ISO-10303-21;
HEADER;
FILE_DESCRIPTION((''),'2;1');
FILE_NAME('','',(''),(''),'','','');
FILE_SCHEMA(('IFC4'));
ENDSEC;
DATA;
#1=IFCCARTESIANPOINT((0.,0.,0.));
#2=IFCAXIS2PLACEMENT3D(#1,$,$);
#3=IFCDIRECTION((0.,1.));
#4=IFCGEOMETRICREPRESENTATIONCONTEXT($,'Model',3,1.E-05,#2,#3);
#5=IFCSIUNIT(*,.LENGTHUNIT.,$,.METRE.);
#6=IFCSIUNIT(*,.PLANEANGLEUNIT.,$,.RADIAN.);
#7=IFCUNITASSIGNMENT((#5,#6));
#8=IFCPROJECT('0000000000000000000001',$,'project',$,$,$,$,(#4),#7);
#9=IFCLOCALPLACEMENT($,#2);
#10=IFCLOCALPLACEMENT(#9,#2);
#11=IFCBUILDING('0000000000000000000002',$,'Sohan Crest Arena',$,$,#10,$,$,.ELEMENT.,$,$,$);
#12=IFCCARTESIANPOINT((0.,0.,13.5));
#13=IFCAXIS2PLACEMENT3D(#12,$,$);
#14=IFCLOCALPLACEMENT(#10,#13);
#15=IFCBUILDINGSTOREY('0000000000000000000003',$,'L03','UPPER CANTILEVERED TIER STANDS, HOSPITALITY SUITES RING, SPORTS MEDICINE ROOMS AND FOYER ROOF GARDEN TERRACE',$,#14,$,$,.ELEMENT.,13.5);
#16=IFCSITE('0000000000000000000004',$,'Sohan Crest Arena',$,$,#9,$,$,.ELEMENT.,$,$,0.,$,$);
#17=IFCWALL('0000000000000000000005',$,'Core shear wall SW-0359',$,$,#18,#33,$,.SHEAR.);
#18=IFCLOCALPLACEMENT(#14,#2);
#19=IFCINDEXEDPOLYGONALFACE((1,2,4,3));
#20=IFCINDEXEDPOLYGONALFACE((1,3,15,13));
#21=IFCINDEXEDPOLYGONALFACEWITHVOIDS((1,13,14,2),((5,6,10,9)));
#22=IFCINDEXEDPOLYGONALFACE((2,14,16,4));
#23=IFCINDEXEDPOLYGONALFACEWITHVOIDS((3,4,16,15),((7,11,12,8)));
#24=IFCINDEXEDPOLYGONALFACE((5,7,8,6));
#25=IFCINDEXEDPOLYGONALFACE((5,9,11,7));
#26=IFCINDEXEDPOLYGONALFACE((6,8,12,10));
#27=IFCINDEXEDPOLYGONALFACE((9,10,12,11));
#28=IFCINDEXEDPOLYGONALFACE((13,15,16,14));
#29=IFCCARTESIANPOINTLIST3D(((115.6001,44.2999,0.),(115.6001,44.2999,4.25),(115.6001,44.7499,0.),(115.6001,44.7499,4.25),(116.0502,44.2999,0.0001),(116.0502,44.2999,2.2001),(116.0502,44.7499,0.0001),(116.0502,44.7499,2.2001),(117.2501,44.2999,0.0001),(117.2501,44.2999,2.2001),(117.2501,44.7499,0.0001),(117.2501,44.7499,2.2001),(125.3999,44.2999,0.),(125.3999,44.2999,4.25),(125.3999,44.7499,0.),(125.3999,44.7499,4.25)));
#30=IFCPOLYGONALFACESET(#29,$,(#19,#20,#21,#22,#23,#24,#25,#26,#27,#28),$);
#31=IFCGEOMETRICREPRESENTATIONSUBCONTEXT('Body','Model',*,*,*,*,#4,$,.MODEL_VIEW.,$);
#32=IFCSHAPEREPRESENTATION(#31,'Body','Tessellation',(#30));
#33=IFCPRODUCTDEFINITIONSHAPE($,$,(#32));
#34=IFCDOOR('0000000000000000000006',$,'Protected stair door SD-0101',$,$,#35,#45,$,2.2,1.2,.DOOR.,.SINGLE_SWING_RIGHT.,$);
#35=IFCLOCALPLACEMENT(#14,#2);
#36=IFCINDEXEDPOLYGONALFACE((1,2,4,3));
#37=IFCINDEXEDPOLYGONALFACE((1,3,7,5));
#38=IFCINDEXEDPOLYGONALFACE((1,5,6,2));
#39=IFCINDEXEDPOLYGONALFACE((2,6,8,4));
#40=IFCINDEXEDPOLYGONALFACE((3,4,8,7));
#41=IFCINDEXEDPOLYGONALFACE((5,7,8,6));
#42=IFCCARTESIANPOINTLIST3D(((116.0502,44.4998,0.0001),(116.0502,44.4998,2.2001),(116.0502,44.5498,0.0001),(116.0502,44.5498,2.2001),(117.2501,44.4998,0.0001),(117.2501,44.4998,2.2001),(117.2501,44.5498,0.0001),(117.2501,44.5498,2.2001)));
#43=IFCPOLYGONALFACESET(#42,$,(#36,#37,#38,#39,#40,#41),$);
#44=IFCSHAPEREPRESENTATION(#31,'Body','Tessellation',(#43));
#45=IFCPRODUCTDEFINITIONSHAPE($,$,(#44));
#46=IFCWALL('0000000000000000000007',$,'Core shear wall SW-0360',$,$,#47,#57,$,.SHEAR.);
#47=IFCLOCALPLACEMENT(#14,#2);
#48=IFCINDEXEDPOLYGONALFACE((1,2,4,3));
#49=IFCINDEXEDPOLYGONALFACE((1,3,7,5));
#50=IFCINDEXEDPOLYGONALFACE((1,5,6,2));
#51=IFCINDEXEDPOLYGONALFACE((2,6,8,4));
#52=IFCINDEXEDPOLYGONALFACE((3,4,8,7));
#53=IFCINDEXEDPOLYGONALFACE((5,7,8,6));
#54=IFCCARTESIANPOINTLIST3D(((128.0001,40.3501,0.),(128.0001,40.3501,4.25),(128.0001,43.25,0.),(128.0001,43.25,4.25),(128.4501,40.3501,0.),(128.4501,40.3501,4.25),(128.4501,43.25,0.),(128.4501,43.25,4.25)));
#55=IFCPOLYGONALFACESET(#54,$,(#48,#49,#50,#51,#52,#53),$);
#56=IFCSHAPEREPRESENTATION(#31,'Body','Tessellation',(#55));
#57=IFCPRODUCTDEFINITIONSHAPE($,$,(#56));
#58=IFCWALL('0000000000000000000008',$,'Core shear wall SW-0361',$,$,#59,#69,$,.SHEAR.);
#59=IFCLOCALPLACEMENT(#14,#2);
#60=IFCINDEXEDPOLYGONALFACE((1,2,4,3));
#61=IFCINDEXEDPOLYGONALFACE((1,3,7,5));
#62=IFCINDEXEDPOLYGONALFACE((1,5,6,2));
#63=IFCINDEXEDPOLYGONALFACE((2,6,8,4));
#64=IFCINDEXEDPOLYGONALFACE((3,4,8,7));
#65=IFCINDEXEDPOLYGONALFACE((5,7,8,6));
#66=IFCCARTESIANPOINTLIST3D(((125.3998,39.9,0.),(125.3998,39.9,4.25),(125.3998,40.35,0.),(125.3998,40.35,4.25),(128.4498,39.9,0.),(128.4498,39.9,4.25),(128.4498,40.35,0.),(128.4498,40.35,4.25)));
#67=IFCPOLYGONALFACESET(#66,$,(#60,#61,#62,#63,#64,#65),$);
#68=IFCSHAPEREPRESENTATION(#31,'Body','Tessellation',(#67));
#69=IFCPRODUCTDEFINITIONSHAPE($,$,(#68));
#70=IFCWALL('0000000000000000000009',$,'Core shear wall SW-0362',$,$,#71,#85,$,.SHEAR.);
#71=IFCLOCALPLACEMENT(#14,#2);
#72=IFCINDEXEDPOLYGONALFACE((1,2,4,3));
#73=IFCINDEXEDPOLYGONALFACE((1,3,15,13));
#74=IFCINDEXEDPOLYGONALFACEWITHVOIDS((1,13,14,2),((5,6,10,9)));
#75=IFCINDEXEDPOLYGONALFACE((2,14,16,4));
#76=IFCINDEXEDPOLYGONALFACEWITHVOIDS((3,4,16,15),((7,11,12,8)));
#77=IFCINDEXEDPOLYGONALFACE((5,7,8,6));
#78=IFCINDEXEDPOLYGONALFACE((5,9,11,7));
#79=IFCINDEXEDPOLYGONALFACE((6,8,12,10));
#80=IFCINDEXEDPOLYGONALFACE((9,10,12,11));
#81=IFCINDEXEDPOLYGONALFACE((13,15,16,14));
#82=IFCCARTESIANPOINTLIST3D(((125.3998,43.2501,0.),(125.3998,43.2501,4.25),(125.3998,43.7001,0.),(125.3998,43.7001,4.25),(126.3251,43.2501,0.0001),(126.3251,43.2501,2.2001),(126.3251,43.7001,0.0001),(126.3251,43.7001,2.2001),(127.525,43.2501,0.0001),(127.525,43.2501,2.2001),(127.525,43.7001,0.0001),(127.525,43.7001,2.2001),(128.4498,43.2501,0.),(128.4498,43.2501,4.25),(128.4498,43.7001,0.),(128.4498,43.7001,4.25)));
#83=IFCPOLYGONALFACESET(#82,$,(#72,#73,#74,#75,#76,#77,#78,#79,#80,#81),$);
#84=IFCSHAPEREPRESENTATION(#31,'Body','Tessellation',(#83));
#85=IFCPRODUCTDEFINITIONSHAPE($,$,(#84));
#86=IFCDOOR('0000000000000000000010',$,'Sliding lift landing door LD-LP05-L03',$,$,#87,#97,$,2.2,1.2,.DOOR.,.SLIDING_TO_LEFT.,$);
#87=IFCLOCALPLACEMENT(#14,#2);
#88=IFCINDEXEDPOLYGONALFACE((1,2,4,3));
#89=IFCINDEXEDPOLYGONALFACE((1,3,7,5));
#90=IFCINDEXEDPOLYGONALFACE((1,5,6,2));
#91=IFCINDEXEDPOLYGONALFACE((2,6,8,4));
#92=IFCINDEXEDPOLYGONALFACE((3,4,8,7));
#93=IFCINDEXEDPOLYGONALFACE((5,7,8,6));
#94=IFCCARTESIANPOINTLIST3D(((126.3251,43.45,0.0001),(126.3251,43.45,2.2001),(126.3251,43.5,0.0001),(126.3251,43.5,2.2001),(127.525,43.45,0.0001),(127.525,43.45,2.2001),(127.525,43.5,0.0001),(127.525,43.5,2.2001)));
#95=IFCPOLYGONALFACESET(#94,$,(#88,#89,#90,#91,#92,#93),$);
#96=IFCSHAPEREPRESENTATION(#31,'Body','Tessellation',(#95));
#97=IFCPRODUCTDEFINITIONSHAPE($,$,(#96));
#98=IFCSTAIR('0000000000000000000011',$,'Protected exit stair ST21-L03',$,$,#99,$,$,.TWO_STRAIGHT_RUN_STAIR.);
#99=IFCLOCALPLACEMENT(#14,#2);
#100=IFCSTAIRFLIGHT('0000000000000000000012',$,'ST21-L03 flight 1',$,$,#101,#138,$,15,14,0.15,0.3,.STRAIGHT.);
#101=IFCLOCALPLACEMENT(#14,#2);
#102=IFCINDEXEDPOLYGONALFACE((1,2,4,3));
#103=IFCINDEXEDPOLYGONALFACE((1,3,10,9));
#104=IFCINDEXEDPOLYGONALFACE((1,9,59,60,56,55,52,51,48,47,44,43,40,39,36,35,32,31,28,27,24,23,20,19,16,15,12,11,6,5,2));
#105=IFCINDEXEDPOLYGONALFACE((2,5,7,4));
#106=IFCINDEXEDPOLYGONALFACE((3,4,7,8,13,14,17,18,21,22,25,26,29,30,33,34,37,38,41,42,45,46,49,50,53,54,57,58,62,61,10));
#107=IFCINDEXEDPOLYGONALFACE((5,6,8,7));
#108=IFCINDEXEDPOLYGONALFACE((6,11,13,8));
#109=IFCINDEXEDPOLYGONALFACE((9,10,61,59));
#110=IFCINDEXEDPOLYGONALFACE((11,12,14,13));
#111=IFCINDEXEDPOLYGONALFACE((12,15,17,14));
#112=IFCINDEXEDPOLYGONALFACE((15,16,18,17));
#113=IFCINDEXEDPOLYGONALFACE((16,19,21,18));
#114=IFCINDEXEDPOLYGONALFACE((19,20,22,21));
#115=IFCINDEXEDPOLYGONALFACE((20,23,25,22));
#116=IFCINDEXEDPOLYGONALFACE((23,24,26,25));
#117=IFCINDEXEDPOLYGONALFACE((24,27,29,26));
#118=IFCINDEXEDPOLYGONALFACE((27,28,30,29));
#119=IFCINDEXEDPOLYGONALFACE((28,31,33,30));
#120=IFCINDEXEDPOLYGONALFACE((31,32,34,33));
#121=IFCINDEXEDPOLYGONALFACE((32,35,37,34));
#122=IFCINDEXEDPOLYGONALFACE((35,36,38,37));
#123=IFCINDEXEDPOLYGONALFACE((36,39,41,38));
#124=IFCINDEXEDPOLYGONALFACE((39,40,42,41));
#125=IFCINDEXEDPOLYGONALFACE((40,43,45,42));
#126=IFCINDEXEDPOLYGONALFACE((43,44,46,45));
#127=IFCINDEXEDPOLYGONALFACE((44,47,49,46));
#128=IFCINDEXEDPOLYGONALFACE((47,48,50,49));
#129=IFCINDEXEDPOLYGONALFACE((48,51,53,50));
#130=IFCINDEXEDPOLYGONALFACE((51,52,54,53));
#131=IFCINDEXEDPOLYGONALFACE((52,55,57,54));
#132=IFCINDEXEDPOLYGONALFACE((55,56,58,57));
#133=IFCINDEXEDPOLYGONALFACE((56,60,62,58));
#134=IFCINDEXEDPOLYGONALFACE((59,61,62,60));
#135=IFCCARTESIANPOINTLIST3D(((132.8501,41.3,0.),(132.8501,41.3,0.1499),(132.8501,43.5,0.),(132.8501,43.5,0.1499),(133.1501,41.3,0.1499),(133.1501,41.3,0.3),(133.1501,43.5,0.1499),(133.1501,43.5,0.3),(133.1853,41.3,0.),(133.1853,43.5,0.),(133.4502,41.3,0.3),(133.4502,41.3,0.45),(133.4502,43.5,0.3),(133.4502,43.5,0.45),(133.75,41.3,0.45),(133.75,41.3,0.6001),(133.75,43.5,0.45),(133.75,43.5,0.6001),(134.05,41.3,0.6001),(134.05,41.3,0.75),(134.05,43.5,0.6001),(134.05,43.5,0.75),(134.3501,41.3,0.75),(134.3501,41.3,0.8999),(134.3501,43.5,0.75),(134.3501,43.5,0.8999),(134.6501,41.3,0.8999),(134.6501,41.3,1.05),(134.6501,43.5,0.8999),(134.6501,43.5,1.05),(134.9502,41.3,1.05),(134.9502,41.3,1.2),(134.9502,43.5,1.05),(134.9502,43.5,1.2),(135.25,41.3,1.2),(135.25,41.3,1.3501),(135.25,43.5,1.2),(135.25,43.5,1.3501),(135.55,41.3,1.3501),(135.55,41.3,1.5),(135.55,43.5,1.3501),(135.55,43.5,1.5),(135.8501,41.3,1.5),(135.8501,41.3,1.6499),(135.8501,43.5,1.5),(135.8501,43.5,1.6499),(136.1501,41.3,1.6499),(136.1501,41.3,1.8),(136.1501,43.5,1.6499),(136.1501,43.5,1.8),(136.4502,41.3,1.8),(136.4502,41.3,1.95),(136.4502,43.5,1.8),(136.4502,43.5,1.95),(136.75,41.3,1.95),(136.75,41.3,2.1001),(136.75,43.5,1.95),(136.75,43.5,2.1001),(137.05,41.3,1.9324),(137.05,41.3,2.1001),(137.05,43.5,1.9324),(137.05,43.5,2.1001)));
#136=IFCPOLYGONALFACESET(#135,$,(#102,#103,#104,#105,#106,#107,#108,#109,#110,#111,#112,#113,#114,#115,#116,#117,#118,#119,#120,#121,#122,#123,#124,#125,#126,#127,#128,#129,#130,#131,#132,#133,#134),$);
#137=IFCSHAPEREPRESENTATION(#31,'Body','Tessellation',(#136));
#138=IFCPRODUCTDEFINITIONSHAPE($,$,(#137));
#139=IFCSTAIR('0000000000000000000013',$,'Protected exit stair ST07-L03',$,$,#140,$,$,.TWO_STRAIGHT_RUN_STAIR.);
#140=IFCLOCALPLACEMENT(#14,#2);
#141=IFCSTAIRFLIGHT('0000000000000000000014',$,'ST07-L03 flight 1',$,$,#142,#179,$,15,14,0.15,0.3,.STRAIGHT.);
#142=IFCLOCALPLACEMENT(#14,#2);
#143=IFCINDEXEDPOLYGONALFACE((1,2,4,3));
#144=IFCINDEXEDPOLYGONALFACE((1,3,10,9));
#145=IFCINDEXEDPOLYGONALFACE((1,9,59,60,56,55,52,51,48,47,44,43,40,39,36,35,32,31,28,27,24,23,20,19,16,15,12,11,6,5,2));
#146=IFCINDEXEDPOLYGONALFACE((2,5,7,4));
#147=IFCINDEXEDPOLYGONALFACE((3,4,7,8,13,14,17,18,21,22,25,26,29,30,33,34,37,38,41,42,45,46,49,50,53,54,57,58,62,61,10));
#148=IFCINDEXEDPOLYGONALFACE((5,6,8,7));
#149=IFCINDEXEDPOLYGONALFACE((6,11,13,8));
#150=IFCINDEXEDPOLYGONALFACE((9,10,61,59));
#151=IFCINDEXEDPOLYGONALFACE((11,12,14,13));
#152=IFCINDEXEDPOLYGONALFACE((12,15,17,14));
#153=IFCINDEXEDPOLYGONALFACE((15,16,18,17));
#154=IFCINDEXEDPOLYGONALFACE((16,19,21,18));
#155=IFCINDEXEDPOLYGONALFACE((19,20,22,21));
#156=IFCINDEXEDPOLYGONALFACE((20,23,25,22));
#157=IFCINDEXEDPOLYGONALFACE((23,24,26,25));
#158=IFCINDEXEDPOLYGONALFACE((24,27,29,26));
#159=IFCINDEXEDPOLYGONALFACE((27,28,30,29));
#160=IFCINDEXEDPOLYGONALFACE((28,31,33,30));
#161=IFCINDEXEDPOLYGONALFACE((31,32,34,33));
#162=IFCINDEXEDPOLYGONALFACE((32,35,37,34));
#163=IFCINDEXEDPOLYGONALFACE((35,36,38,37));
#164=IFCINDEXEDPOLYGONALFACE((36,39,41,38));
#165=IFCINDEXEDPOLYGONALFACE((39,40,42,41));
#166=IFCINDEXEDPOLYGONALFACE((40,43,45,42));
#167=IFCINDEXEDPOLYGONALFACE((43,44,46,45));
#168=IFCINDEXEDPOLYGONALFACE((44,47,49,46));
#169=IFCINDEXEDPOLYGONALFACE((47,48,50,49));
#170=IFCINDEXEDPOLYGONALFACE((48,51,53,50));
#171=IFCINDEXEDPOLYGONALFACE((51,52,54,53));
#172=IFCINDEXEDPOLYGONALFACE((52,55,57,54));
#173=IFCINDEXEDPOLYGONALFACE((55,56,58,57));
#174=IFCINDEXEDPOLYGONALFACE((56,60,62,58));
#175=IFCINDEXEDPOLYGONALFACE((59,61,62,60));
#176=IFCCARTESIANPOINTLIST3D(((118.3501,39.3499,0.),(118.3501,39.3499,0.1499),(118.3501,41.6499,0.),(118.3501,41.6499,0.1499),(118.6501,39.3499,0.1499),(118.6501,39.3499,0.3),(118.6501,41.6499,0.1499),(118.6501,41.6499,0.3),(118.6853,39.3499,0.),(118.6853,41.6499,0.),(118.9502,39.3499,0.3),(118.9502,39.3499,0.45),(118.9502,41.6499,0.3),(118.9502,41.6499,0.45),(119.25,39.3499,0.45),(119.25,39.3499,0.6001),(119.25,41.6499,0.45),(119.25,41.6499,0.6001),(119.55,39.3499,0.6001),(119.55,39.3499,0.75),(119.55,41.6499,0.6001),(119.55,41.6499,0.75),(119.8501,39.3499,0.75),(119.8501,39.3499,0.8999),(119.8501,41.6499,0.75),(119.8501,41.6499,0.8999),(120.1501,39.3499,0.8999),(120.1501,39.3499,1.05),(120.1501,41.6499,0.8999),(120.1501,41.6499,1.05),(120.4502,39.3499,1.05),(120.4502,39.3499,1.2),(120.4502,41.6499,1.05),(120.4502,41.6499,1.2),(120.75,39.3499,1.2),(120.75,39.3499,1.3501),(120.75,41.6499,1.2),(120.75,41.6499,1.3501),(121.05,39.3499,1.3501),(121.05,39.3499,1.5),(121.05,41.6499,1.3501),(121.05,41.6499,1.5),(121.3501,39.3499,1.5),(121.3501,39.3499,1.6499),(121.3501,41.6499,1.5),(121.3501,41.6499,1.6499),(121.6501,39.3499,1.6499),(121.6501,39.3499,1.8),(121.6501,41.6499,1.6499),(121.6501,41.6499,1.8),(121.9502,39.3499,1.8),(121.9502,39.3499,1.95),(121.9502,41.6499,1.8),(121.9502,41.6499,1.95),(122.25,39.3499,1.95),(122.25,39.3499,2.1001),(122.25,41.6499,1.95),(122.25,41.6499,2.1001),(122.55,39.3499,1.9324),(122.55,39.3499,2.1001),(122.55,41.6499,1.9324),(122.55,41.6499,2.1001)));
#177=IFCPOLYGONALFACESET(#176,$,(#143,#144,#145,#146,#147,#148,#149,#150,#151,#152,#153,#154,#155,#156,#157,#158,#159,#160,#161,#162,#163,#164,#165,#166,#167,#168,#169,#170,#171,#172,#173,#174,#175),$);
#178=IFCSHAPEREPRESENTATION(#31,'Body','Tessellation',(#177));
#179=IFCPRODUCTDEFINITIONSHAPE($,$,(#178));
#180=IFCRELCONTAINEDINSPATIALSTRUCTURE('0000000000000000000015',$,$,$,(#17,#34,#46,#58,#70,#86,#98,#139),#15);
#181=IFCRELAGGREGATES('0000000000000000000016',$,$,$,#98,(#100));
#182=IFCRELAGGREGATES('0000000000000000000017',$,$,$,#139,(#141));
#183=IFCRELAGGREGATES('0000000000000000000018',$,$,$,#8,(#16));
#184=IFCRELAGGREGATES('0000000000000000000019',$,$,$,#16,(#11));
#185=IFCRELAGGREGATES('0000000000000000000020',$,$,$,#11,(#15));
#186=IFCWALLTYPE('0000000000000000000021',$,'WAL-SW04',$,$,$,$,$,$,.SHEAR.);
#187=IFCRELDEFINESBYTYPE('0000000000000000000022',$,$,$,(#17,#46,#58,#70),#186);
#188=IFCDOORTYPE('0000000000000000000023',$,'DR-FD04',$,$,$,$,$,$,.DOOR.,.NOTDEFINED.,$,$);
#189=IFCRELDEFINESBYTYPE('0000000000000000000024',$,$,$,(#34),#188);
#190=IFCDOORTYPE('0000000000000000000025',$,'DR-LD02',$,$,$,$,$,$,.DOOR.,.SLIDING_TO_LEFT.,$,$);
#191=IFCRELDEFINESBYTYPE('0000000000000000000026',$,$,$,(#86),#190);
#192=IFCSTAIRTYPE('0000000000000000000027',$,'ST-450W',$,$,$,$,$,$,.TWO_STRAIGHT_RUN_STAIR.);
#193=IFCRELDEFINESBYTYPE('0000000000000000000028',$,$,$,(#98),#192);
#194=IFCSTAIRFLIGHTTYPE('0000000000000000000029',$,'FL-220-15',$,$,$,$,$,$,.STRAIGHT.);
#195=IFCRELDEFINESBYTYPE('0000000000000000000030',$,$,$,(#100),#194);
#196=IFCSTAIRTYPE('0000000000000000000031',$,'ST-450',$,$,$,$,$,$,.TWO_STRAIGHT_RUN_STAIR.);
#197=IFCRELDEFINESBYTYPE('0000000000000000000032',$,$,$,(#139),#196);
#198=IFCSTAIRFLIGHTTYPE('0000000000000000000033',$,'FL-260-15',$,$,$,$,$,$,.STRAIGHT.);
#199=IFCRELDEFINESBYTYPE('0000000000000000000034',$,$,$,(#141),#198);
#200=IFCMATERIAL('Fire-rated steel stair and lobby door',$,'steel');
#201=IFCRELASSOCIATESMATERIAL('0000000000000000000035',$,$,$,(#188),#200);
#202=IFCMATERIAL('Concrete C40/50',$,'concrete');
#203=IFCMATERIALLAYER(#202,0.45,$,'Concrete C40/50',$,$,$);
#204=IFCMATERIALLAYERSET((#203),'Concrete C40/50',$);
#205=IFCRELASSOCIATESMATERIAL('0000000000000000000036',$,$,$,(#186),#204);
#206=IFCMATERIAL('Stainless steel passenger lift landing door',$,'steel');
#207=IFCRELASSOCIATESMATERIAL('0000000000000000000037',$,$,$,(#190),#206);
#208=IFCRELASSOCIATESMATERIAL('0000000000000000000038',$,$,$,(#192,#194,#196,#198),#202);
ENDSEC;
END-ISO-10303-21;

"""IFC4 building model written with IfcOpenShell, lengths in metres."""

from ifc_helpers import new_model, si_unit, direction, frame, frame_2d, origin, place, context, subcontext, project, spatial, polyline, rectangle, outline, extrude, material, layer, layer_set, type_object, element, fill, aggregate, save


model = new_model("IFC4")

# Units and contexts
model_context = context("Model", 3, precision=1e-05, world=origin(), true_north=direction((0.0, 1.0)))
body_context = subcontext(model_context, "Body", "Model", "MODEL_VIEW")
ifc_project = project(units=[si_unit("LENGTHUNIT", "METRE"), si_unit("PLANEANGLEUNIT", "RADIAN")], contexts=[model_context])

# Site, building, storey
site_placement = place(None, origin())
site = spatial("IfcSite", under=ifc_project, at=site_placement, Name="Sohan Crest Arena", CompositionType="ELEMENT", RefElevation=0.0)
building_placement = place(site_placement, origin())
building = spatial("IfcBuilding", under=site, at=building_placement, Name="Sohan Crest Arena", CompositionType="ELEMENT")
storey_placement = place(building_placement, frame((0.0, 0.0, 13.5)))
storey = spatial("IfcBuildingStorey", under=building, at=storey_placement, Name="L03", Description="UPPER CANTILEVERED TIER STANDS, HOSPITALITY SUITES RING, SPORTS MEDICINE ROOMS AND FOYER ROOF GARDEN TERRACE", CompositionType="ELEMENT", Elevation=13.5)

# Shared definitions
ifc_material_1 = material(Name="Concrete C40/50", Category="concrete")

# Shared definitions
ifc_material_2 = material(Name="Fire-rated steel stair and lobby door", Category="steel")
door_type_1 = type_object("IfcDoorType", Name="DR-FD04", OperationType="NOTDEFINED", PredefinedType="DOOR", material=ifc_material_2)

# Shared definitions
ifc_layer_1 = layer(ifc_material_1, 0.45, Name="Concrete C40/50")
ifc_layer_set_1 = layer_set([ifc_layer_1], Name="Concrete C40/50")
wall_type_1 = type_object("IfcWallType", Name="WAL-SW04", PredefinedType="SHEAR", material=ifc_layer_set_1)

# Wall, opening, door
wall_1_placement = place(storey_placement, frame((115.6001, 44.5249, 0.0), z_axis=(0.0, 0.0, 1.0), x_axis=(1.0, 0.0, 0.0)))
wall_1 = element("IfcWall", 1, at=wall_1_placement, inside=storey, type_object=wall_type_1, Name="Core shear wall SW-0359", PredefinedType="SHEAR", context=body_context, shape_type="SweptSolid", body=[
    extrude(rectangle(XDim=9.7998, YDim=0.45, at=frame_2d((4.8999, 0.0))), origin(), (0.0, 0.0, 1.0), 4.25),
])
opening_1_placement = place(wall_1_placement, frame((0.45, 0.0, 0.0)))
opening_1 = element("IfcOpeningElement", 2, at=opening_1_placement, cuts=wall_1, PredefinedType="OPENING", context=body_context, shape_type="SweptSolid", body=[
    extrude(rectangle(XDim=1.2, YDim=2.2, at=frame_2d((0.6001, 1.1001))), frame((0.0, 0.2349, 0.0), z_axis=(0.0, -1.0, 0.0), x_axis=(1.0, 0.0, 0.0)), (0.0, 0.0, 1.0), 0.47),
])
door_1_placement = place(opening_1_placement, origin())
door_1 = element("IfcDoor", 3, at=door_1_placement, inside=storey, type_object=door_type_1, Name="Protected stair door SD-0101", OperationType="SINGLE_SWING_RIGHT", OverallHeight=2.2, OverallWidth=1.2, PredefinedType="DOOR", context=body_context, shape_type="SweptSolid", body=[
    extrude(rectangle(XDim=1.2, YDim=2.2, at=frame_2d((0.6001, 1.1001))), frame((0.0, 0.0249, 0.0), z_axis=(0.0, -1.0, 0.0), x_axis=(1.0, 0.0, 0.0)), (0.0, 0.0, 1.0), 0.05),
])
fill(opening_1, door_1)

# Walls
wall_2_placement = place(storey_placement, frame((128.2251, 40.3501, 0.0), z_axis=(0.0, 0.0, 1.0), x_axis=(0.0, 1.0, 0.0)))
element("IfcWall", 4, at=wall_2_placement, inside=storey, type_object=wall_type_1, Name="Core shear wall SW-0360", PredefinedType="SHEAR", context=body_context, shape_type="SweptSolid", body=[
    extrude(rectangle(XDim=2.8999, YDim=0.45, at=frame_2d((1.45, 0.0))), origin(), (0.0, 0.0, 1.0), 4.25),
])
wall_3_placement = place(storey_placement, frame((125.3999, 40.125, 0.0), z_axis=(0.0, 0.0, 1.0), x_axis=(1.0, 0.0, 0.0)))
element("IfcWall", 5, at=wall_3_placement, inside=storey, type_object=wall_type_1, Name="Core shear wall SW-0361", PredefinedType="SHEAR", context=body_context, shape_type="SweptSolid", body=[
    extrude(rectangle(XDim=3.05, YDim=0.45, at=frame_2d((1.5249, 0.0))), origin(), (0.0, 0.0, 1.0), 4.25),
])

# Wall, opening, door
wall_4_placement = place(storey_placement, frame((125.3999, 43.4751, 0.0), z_axis=(0.0, 0.0, 1.0), x_axis=(1.0, 0.0, 0.0)))
wall_4 = element("IfcWall", 6, at=wall_4_placement, inside=storey, type_object=wall_type_1, Name="Core shear wall SW-0362", PredefinedType="SHEAR", context=body_context, shape_type="SweptSolid", body=[
    extrude(rectangle(XDim=3.05, YDim=0.45, at=frame_2d((1.5249, 0.0))), origin(), (0.0, 0.0, 1.0), 4.25),
])
opening_2_placement = place(wall_4_placement, frame((0.925, 0.0, 0.0)))
opening_2 = element("IfcOpeningElement", 7, at=opening_2_placement, cuts=wall_4, PredefinedType="OPENING", context=body_context, shape_type="SweptSolid", body=[
    extrude(rectangle(XDim=1.2, YDim=2.2, at=frame_2d((0.6001, 1.1001))), frame((0.0, 0.2349, 0.0), z_axis=(0.0, -1.0, 0.0), x_axis=(1.0, 0.0, 0.0)), (0.0, 0.0, 1.0), 0.47),
])
ifc_material_3 = material(Name="Stainless steel passenger lift landing door", Category="steel")
door_type_2 = type_object("IfcDoorType", Name="DR-LD02", OperationType="SLIDING_TO_LEFT", PredefinedType="DOOR", material=ifc_material_3)
door_2_placement = place(opening_2_placement, origin())
door_2 = element("IfcDoor", 8, at=door_2_placement, inside=storey, type_object=door_type_2, Name="Sliding lift landing door LD-LP05-L03", OperationType="SLIDING_TO_LEFT", OverallHeight=2.2, OverallWidth=1.2, PredefinedType="DOOR", context=body_context, shape_type="SweptSolid", body=[
    extrude(rectangle(XDim=1.2, YDim=2.2, at=frame_2d((0.6001, 1.1001))), frame((0.0, 0.0249, 0.0), z_axis=(0.0, -1.0, 0.0), x_axis=(1.0, 0.0, 0.0)), (0.0, 0.0, 1.0), 0.05),
])
fill(opening_2, door_2)

# Stair, stair flight
stair_type_1 = type_object("IfcStairType", Name="ST-450W", PredefinedType="TWO_STRAIGHT_RUN_STAIR", material=ifc_material_1)
stair_1_placement = place(storey_placement, origin())
stair_1 = element("IfcStair", 9, at=stair_1_placement, inside=storey, type_object=stair_type_1, Name="Protected exit stair ST21-L03", PredefinedType="TWO_STRAIGHT_RUN_STAIR")
stair_flight_type_1 = type_object("IfcStairFlightType", Name="FL-220-15", PredefinedType="STRAIGHT", material=ifc_material_1)
stair_flight_1_placement = place(storey_placement, frame((132.8501, 42.3999, 0.0), z_axis=(0.0, 0.0, 1.0), x_axis=(1.0, 0.0, 0.0)))
stair_flight_1 = element("IfcStairFlight", 10, at=stair_flight_1_placement, type_object=stair_flight_type_1, Name="ST21-L03 flight 1", NumberOfRisers=15, NumberOfTreads=14, PredefinedType="STRAIGHT", RiserHeight=0.15, TreadLength=0.3, context=body_context, shape_type="SweptSolid", body=[
    extrude(outline(polyline([(0.0, 0.0), (0.0, 0.1499), (0.3, 0.1499), (0.3, 0.3), (0.6001, 0.3), (0.6001, 0.45), (0.8999, 0.45), (0.8999, 0.6001), (1.2, 0.6001), (1.2, 0.75), (1.5, 0.75), (1.5, 0.8999), (1.8, 0.8999), (1.8, 1.05), (2.1001, 1.05), (2.1001, 1.2), (2.3999, 1.2), (2.3999, 1.3501), (2.7, 1.3501), (2.7, 1.5), (3.0, 1.5), (3.0, 1.6499), (3.3, 1.6499), (3.3, 1.8), (3.6001, 1.8), (3.6001, 1.95), (3.8999, 1.95), (3.8999, 2.1001), (4.2, 2.1001), (4.2, 2.25), (4.2, 1.9324), (0.3352, 0.0), (0.0, 0.0)])), frame((0.0, 1.1001, 0.0), z_axis=(0.0, -1.0, 0.0), x_axis=(1.0, 0.0, 0.0)), (0.0, 0.0, 1.0), 2.2),
])
aggregate(stair_1, [stair_flight_1])

# Stair, stair flight
stair_type_2 = type_object("IfcStairType", Name="ST-450", PredefinedType="TWO_STRAIGHT_RUN_STAIR", material=ifc_material_1)
stair_2_placement = place(storey_placement, origin())
stair_2 = element("IfcStair", 11, at=stair_2_placement, inside=storey, type_object=stair_type_2, Name="Protected exit stair ST07-L03", PredefinedType="TWO_STRAIGHT_RUN_STAIR")
stair_flight_type_2 = type_object("IfcStairFlightType", Name="FL-260-15", PredefinedType="STRAIGHT", material=ifc_material_1)
stair_flight_2_placement = place(storey_placement, frame((118.3501, 40.5, 0.0), z_axis=(0.0, 0.0, 1.0), x_axis=(1.0, 0.0, 0.0)))
stair_flight_2 = element("IfcStairFlight", 12, at=stair_flight_2_placement, type_object=stair_flight_type_2, Name="ST07-L03 flight 1", NumberOfRisers=15, NumberOfTreads=14, PredefinedType="STRAIGHT", RiserHeight=0.15, TreadLength=0.3, context=body_context, shape_type="SweptSolid", body=[
    extrude(outline(polyline([(0.0, 0.0), (0.0, 0.1499), (0.3, 0.1499), (0.3, 0.3), (0.6001, 0.3), (0.6001, 0.45), (0.8999, 0.45), (0.8999, 0.6001), (1.2, 0.6001), (1.2, 0.75), (1.5, 0.75), (1.5, 0.8999), (1.8, 0.8999), (1.8, 1.05), (2.1001, 1.05), (2.1001, 1.2), (2.3999, 1.2), (2.3999, 1.3501), (2.7, 1.3501), (2.7, 1.5), (3.0, 1.5), (3.0, 1.6499), (3.3, 1.6499), (3.3, 1.8), (3.6001, 1.8), (3.6001, 1.95), (3.8999, 1.95), (3.8999, 2.1001), (4.2, 2.1001), (4.2, 2.25), (4.2, 1.9324), (0.3352, 0.0), (0.0, 0.0)])), frame((0.0, 1.1499, 0.0), z_axis=(0.0, -1.0, 0.0), x_axis=(1.0, 0.0, 0.0)), (0.0, 0.0, 1.0), 2.3),
])
aggregate(stair_2, [stair_flight_2])

save(model, "model.ifc")
